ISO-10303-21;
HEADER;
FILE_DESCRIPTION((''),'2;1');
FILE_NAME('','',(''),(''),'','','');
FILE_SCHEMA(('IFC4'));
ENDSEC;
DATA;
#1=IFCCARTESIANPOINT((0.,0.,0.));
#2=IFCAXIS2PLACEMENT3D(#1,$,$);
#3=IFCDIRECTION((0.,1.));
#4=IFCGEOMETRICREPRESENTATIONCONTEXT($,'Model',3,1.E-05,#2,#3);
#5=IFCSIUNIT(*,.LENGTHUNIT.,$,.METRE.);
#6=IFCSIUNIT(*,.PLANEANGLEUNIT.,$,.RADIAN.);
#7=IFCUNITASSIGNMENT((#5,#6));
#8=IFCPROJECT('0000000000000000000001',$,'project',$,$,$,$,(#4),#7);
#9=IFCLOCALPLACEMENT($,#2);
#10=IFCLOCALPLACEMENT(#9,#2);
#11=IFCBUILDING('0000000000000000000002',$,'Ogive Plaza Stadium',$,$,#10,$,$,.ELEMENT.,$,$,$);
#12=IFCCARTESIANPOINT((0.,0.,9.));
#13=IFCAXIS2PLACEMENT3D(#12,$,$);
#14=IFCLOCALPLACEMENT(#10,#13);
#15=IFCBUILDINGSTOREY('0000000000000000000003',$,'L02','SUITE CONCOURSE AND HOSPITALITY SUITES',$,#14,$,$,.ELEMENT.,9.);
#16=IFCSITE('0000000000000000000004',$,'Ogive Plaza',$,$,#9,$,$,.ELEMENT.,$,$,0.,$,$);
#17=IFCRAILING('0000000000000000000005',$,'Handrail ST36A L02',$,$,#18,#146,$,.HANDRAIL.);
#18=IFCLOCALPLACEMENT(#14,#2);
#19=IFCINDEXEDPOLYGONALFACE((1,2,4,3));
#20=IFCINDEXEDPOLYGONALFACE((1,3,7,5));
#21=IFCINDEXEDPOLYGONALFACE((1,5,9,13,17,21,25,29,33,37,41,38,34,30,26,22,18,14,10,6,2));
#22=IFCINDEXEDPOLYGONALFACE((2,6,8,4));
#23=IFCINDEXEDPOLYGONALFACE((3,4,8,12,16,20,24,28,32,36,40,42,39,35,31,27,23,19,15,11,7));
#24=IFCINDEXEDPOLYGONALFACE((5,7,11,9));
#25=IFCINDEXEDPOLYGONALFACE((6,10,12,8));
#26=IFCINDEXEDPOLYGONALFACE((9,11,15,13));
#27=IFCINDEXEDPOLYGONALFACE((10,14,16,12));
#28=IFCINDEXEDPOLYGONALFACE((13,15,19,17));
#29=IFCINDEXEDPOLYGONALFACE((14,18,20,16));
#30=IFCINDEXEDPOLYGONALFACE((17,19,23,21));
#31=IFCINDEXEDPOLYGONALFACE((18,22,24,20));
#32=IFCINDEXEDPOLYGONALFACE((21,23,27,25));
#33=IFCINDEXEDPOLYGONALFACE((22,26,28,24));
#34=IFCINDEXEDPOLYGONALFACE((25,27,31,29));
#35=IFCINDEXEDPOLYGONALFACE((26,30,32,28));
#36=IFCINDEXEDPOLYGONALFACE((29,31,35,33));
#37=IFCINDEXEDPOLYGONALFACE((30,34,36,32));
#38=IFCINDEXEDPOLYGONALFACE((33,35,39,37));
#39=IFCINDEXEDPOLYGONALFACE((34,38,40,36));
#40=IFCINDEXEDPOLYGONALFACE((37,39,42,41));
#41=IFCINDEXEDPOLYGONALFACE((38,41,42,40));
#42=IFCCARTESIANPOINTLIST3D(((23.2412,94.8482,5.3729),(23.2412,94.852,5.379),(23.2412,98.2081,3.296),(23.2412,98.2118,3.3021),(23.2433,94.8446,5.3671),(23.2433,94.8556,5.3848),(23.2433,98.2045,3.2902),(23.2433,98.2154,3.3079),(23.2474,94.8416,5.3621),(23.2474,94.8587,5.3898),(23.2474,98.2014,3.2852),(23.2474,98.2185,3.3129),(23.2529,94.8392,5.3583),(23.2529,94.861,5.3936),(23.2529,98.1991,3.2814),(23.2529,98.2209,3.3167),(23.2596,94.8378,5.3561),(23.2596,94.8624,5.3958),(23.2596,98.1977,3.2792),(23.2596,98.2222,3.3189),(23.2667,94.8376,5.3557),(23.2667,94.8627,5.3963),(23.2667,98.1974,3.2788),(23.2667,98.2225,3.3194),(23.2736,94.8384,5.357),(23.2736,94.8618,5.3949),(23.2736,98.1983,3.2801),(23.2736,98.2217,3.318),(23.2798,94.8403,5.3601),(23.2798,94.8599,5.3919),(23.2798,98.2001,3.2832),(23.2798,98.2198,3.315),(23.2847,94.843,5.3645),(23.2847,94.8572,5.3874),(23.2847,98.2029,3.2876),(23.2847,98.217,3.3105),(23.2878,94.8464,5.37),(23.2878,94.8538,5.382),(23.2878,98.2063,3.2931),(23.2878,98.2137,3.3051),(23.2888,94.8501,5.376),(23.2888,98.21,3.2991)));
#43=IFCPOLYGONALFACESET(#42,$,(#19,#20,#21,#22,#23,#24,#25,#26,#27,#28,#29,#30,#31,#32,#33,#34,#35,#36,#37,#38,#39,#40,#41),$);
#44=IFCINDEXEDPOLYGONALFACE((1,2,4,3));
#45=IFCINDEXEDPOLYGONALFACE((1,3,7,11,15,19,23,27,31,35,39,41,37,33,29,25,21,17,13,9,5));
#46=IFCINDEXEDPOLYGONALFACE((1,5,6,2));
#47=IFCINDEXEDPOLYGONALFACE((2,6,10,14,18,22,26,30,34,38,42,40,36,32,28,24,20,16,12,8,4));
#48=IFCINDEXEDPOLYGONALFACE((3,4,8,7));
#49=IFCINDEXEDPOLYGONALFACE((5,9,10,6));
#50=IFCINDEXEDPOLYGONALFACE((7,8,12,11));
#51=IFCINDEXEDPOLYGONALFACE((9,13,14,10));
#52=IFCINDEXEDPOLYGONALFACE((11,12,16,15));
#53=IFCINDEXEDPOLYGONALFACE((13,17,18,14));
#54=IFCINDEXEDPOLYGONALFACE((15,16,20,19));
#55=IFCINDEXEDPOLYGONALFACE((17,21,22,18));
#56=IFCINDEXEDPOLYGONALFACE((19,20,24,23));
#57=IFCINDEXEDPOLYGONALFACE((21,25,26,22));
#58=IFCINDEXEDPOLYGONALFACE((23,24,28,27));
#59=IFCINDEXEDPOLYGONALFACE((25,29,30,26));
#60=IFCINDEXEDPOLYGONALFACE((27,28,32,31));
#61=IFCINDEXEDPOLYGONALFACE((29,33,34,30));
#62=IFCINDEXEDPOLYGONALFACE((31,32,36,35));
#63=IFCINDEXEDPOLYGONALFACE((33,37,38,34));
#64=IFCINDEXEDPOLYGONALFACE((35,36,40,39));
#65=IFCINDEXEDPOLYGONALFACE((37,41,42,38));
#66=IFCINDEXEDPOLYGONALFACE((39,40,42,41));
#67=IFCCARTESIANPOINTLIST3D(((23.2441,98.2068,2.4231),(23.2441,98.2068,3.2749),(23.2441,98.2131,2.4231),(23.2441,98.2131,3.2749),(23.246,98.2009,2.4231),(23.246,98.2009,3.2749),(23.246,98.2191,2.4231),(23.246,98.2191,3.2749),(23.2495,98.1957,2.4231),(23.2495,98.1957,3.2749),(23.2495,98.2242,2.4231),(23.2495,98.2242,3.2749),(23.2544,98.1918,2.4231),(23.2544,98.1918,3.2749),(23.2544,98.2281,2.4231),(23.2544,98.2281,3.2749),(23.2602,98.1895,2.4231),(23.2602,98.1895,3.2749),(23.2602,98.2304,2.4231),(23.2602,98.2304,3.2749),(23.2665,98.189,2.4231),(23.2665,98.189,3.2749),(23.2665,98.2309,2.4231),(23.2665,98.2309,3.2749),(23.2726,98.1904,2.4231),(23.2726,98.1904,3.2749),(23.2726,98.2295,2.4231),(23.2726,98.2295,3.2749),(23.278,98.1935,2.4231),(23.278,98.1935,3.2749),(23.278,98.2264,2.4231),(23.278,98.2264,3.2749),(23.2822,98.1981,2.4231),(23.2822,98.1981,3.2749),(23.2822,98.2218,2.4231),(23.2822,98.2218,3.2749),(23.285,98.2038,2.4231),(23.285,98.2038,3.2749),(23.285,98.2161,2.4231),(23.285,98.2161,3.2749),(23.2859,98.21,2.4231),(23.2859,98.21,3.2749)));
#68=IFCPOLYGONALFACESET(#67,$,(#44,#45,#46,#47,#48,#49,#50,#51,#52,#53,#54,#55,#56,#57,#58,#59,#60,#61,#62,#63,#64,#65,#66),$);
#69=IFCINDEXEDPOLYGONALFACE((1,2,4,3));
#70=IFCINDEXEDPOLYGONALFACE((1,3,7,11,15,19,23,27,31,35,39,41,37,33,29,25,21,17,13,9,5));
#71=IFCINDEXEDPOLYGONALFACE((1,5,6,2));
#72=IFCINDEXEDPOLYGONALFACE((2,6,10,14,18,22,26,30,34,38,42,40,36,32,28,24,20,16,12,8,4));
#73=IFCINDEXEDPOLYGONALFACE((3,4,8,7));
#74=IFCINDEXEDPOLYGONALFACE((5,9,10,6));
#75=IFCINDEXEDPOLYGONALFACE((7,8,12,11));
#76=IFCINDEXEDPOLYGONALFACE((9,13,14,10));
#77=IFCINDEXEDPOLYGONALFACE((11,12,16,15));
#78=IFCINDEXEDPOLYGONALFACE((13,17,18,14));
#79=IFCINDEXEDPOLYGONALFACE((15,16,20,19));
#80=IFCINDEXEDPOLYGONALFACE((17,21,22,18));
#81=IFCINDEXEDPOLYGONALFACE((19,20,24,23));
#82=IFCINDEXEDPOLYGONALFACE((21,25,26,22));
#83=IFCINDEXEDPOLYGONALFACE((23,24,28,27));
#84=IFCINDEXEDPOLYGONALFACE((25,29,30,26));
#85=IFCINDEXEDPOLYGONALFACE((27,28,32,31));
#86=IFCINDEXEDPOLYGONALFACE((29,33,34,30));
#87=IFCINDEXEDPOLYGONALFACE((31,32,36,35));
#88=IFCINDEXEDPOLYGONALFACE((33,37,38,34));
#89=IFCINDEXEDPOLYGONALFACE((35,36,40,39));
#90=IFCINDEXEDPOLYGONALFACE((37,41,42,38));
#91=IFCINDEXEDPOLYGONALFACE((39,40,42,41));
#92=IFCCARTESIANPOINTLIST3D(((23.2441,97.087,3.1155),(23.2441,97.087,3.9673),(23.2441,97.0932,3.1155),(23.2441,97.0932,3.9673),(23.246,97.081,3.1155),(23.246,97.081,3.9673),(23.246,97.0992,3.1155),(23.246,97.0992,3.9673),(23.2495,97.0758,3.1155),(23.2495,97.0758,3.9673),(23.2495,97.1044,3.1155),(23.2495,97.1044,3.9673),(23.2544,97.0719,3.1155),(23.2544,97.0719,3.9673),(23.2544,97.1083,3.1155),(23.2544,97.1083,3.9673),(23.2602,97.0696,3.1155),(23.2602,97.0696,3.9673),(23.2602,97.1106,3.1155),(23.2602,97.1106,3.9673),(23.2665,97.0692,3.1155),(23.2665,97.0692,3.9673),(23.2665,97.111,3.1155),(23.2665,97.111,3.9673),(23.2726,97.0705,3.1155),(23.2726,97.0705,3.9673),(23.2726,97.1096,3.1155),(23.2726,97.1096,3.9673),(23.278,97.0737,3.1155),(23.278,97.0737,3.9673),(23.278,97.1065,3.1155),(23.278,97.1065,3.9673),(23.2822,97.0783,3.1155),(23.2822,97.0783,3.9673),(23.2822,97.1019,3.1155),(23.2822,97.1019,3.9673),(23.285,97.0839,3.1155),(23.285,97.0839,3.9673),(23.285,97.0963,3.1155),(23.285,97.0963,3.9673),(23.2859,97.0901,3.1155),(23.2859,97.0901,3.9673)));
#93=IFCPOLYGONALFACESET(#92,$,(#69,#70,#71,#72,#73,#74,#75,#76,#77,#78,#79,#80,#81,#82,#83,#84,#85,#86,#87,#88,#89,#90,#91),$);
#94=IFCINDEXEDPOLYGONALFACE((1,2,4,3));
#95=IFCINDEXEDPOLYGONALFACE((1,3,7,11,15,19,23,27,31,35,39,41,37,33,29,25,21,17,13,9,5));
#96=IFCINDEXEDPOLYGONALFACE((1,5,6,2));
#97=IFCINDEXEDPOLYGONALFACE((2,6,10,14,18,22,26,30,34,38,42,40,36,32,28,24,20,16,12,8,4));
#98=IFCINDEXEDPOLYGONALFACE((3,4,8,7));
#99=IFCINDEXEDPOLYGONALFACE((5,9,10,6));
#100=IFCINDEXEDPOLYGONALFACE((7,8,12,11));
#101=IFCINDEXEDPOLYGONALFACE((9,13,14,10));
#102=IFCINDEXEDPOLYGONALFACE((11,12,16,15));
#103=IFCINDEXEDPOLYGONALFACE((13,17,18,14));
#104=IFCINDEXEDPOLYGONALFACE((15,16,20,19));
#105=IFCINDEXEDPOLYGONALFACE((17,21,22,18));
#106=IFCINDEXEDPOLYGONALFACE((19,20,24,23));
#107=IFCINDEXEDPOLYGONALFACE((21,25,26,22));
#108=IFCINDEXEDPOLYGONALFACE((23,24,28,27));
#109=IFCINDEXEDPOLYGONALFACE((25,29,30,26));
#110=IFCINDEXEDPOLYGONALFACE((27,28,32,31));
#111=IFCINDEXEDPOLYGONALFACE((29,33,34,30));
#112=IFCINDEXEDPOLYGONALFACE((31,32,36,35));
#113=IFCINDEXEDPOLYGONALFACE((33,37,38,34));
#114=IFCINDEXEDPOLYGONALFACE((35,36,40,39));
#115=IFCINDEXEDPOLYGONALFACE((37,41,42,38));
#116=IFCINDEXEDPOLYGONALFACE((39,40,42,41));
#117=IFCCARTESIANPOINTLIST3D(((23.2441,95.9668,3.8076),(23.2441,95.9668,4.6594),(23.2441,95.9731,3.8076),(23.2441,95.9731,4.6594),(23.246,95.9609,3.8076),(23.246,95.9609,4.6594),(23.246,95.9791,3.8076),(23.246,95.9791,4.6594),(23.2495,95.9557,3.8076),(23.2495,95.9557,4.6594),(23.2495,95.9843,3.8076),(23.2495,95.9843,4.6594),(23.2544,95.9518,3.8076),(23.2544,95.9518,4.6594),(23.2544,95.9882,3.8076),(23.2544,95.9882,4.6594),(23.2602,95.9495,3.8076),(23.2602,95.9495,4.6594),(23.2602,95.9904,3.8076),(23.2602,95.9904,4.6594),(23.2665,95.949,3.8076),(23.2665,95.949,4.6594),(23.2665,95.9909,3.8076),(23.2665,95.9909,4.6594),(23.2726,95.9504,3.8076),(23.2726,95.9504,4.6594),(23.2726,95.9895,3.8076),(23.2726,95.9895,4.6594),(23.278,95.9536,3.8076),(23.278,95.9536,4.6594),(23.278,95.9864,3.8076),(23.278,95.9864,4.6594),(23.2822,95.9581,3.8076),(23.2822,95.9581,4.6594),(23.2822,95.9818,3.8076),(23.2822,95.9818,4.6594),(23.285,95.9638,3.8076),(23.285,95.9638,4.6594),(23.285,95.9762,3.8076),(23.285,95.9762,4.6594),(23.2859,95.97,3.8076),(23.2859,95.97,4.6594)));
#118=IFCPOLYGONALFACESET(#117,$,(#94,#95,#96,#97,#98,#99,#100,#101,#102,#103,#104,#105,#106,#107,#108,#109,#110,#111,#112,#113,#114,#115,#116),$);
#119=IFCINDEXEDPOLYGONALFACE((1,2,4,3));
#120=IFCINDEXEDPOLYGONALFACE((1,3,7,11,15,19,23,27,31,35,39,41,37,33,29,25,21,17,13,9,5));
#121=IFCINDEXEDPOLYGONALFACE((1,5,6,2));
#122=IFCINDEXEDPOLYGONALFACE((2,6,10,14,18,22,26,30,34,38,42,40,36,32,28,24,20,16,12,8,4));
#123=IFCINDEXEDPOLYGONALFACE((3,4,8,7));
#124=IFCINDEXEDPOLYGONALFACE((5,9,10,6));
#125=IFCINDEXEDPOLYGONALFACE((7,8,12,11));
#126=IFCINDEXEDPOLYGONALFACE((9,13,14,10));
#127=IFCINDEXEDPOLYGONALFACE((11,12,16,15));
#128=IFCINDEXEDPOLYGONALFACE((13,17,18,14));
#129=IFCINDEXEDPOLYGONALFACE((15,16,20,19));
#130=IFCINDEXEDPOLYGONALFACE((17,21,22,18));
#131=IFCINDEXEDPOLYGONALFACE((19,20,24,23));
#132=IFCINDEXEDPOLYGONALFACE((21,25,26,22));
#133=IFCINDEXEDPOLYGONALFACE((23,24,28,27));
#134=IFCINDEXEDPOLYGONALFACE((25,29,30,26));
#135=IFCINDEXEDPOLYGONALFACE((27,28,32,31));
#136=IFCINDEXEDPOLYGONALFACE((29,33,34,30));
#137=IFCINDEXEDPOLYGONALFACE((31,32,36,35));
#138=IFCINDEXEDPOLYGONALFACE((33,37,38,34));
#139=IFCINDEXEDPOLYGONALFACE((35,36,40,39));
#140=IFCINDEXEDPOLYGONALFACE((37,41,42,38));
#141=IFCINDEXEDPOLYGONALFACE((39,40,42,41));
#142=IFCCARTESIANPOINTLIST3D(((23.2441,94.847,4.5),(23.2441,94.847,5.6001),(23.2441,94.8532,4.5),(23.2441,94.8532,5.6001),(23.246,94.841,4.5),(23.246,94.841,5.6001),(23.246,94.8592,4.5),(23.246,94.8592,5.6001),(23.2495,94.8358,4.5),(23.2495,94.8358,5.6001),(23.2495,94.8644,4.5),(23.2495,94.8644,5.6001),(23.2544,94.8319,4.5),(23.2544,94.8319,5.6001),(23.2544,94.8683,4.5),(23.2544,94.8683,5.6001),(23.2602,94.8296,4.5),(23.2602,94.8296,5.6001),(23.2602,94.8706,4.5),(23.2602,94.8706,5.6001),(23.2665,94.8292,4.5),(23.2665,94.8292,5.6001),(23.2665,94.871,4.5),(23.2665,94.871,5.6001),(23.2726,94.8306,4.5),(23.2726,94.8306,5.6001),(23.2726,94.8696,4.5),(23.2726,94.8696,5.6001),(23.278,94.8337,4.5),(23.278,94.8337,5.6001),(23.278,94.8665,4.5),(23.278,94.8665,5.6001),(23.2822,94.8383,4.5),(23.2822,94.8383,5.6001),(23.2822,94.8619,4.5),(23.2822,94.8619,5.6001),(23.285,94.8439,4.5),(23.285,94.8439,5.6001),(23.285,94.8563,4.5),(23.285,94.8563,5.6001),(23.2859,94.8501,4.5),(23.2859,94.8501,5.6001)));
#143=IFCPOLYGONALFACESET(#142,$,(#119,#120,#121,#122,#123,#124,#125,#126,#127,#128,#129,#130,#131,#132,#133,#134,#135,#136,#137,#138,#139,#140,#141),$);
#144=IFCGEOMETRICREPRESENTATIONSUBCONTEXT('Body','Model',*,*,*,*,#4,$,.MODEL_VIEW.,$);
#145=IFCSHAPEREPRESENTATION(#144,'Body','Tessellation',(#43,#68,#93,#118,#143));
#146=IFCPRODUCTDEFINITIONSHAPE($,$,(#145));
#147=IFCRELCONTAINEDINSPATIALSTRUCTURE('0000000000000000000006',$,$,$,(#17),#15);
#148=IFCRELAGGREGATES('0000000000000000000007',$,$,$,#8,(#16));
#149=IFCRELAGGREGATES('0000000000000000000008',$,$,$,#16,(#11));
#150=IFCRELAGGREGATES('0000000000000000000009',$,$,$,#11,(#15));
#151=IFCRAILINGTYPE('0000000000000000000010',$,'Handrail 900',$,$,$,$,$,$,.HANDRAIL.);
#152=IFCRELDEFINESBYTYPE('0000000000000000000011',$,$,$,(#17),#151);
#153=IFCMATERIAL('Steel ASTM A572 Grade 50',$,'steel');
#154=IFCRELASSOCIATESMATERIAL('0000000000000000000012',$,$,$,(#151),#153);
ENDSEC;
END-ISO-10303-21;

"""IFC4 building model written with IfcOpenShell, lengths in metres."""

from ifc_helpers import new_model, si_unit, direction, frame, origin, origin_2d, place, context, subcontext, project, spatial, circle, extrude, material, type_object, element, save


model = new_model("IFC4")

# Units and contexts
model_context = context("Model", 3, precision=1e-05, world=origin(), true_north=direction((0.0, 1.0)))
body_context = subcontext(model_context, "Body", "Model", "MODEL_VIEW")
ifc_project = project(units=[si_unit("LENGTHUNIT", "METRE"), si_unit("PLANEANGLEUNIT", "RADIAN")], contexts=[model_context])

# Site, building, storey
site_placement = place(None, origin())
site = spatial("IfcSite", under=ifc_project, at=site_placement, Name="Ogive Plaza", CompositionType="ELEMENT", RefElevation=0.0)
building_placement = place(site_placement, origin())
building = spatial("IfcBuilding", under=site, at=building_placement, Name="Ogive Plaza Stadium", CompositionType="ELEMENT")
storey_placement = place(building_placement, frame((0.0, 0.0, 9.0)))
storey = spatial("IfcBuildingStorey", under=building, at=storey_placement, Name="L02", Description="SUITE CONCOURSE AND HOSPITALITY SUITES", CompositionType="ELEMENT", Elevation=9.0)

# Railing
ifc_material_1 = material(Name="Steel ASTM A572 Grade 50", Category="steel")
railing_type_1 = type_object("IfcRailingType", Name="Handrail 900", PredefinedType="HANDRAIL", material=ifc_material_1)
railing_1_placement = place(storey_placement, frame((23.2649, 98.21, 2.4231)))
element("IfcRailing", 1, at=railing_1_placement, inside=storey, type_object=railing_type_1, Name="Handrail ST36A L02", PredefinedType="HANDRAIL", context=body_context, shape_type="SweptSolid", body=[
    extrude(circle(Radius=0.0239, at=origin_2d()), frame((0.0, 0.0, 0.876), z_axis=(0.0, -0.850606, 0.525803), x_axis=(1.0, 0.0, 0.0)), (0.0, 0.0, 1.0), 3.95),
    extrude(circle(Radius=0.021, at=origin_2d()), origin(), (0.0, 0.0, 1.0), 0.8518),
    extrude(circle(Radius=0.021, at=origin_2d()), frame((0.0, -1.1199, 0.6924)), (0.0, 0.0, 1.0), 0.8518),
    extrude(circle(Radius=0.021, at=origin_2d()), frame((0.0, -2.24, 1.3845)), (0.0, 0.0, 1.0), 0.8518),
    extrude(circle(Radius=0.021, at=origin_2d()), frame((0.0, -3.3599, 2.0769)), (0.0, 0.0, 1.0), 1.1001),
])

save(model, "model.ifc")
